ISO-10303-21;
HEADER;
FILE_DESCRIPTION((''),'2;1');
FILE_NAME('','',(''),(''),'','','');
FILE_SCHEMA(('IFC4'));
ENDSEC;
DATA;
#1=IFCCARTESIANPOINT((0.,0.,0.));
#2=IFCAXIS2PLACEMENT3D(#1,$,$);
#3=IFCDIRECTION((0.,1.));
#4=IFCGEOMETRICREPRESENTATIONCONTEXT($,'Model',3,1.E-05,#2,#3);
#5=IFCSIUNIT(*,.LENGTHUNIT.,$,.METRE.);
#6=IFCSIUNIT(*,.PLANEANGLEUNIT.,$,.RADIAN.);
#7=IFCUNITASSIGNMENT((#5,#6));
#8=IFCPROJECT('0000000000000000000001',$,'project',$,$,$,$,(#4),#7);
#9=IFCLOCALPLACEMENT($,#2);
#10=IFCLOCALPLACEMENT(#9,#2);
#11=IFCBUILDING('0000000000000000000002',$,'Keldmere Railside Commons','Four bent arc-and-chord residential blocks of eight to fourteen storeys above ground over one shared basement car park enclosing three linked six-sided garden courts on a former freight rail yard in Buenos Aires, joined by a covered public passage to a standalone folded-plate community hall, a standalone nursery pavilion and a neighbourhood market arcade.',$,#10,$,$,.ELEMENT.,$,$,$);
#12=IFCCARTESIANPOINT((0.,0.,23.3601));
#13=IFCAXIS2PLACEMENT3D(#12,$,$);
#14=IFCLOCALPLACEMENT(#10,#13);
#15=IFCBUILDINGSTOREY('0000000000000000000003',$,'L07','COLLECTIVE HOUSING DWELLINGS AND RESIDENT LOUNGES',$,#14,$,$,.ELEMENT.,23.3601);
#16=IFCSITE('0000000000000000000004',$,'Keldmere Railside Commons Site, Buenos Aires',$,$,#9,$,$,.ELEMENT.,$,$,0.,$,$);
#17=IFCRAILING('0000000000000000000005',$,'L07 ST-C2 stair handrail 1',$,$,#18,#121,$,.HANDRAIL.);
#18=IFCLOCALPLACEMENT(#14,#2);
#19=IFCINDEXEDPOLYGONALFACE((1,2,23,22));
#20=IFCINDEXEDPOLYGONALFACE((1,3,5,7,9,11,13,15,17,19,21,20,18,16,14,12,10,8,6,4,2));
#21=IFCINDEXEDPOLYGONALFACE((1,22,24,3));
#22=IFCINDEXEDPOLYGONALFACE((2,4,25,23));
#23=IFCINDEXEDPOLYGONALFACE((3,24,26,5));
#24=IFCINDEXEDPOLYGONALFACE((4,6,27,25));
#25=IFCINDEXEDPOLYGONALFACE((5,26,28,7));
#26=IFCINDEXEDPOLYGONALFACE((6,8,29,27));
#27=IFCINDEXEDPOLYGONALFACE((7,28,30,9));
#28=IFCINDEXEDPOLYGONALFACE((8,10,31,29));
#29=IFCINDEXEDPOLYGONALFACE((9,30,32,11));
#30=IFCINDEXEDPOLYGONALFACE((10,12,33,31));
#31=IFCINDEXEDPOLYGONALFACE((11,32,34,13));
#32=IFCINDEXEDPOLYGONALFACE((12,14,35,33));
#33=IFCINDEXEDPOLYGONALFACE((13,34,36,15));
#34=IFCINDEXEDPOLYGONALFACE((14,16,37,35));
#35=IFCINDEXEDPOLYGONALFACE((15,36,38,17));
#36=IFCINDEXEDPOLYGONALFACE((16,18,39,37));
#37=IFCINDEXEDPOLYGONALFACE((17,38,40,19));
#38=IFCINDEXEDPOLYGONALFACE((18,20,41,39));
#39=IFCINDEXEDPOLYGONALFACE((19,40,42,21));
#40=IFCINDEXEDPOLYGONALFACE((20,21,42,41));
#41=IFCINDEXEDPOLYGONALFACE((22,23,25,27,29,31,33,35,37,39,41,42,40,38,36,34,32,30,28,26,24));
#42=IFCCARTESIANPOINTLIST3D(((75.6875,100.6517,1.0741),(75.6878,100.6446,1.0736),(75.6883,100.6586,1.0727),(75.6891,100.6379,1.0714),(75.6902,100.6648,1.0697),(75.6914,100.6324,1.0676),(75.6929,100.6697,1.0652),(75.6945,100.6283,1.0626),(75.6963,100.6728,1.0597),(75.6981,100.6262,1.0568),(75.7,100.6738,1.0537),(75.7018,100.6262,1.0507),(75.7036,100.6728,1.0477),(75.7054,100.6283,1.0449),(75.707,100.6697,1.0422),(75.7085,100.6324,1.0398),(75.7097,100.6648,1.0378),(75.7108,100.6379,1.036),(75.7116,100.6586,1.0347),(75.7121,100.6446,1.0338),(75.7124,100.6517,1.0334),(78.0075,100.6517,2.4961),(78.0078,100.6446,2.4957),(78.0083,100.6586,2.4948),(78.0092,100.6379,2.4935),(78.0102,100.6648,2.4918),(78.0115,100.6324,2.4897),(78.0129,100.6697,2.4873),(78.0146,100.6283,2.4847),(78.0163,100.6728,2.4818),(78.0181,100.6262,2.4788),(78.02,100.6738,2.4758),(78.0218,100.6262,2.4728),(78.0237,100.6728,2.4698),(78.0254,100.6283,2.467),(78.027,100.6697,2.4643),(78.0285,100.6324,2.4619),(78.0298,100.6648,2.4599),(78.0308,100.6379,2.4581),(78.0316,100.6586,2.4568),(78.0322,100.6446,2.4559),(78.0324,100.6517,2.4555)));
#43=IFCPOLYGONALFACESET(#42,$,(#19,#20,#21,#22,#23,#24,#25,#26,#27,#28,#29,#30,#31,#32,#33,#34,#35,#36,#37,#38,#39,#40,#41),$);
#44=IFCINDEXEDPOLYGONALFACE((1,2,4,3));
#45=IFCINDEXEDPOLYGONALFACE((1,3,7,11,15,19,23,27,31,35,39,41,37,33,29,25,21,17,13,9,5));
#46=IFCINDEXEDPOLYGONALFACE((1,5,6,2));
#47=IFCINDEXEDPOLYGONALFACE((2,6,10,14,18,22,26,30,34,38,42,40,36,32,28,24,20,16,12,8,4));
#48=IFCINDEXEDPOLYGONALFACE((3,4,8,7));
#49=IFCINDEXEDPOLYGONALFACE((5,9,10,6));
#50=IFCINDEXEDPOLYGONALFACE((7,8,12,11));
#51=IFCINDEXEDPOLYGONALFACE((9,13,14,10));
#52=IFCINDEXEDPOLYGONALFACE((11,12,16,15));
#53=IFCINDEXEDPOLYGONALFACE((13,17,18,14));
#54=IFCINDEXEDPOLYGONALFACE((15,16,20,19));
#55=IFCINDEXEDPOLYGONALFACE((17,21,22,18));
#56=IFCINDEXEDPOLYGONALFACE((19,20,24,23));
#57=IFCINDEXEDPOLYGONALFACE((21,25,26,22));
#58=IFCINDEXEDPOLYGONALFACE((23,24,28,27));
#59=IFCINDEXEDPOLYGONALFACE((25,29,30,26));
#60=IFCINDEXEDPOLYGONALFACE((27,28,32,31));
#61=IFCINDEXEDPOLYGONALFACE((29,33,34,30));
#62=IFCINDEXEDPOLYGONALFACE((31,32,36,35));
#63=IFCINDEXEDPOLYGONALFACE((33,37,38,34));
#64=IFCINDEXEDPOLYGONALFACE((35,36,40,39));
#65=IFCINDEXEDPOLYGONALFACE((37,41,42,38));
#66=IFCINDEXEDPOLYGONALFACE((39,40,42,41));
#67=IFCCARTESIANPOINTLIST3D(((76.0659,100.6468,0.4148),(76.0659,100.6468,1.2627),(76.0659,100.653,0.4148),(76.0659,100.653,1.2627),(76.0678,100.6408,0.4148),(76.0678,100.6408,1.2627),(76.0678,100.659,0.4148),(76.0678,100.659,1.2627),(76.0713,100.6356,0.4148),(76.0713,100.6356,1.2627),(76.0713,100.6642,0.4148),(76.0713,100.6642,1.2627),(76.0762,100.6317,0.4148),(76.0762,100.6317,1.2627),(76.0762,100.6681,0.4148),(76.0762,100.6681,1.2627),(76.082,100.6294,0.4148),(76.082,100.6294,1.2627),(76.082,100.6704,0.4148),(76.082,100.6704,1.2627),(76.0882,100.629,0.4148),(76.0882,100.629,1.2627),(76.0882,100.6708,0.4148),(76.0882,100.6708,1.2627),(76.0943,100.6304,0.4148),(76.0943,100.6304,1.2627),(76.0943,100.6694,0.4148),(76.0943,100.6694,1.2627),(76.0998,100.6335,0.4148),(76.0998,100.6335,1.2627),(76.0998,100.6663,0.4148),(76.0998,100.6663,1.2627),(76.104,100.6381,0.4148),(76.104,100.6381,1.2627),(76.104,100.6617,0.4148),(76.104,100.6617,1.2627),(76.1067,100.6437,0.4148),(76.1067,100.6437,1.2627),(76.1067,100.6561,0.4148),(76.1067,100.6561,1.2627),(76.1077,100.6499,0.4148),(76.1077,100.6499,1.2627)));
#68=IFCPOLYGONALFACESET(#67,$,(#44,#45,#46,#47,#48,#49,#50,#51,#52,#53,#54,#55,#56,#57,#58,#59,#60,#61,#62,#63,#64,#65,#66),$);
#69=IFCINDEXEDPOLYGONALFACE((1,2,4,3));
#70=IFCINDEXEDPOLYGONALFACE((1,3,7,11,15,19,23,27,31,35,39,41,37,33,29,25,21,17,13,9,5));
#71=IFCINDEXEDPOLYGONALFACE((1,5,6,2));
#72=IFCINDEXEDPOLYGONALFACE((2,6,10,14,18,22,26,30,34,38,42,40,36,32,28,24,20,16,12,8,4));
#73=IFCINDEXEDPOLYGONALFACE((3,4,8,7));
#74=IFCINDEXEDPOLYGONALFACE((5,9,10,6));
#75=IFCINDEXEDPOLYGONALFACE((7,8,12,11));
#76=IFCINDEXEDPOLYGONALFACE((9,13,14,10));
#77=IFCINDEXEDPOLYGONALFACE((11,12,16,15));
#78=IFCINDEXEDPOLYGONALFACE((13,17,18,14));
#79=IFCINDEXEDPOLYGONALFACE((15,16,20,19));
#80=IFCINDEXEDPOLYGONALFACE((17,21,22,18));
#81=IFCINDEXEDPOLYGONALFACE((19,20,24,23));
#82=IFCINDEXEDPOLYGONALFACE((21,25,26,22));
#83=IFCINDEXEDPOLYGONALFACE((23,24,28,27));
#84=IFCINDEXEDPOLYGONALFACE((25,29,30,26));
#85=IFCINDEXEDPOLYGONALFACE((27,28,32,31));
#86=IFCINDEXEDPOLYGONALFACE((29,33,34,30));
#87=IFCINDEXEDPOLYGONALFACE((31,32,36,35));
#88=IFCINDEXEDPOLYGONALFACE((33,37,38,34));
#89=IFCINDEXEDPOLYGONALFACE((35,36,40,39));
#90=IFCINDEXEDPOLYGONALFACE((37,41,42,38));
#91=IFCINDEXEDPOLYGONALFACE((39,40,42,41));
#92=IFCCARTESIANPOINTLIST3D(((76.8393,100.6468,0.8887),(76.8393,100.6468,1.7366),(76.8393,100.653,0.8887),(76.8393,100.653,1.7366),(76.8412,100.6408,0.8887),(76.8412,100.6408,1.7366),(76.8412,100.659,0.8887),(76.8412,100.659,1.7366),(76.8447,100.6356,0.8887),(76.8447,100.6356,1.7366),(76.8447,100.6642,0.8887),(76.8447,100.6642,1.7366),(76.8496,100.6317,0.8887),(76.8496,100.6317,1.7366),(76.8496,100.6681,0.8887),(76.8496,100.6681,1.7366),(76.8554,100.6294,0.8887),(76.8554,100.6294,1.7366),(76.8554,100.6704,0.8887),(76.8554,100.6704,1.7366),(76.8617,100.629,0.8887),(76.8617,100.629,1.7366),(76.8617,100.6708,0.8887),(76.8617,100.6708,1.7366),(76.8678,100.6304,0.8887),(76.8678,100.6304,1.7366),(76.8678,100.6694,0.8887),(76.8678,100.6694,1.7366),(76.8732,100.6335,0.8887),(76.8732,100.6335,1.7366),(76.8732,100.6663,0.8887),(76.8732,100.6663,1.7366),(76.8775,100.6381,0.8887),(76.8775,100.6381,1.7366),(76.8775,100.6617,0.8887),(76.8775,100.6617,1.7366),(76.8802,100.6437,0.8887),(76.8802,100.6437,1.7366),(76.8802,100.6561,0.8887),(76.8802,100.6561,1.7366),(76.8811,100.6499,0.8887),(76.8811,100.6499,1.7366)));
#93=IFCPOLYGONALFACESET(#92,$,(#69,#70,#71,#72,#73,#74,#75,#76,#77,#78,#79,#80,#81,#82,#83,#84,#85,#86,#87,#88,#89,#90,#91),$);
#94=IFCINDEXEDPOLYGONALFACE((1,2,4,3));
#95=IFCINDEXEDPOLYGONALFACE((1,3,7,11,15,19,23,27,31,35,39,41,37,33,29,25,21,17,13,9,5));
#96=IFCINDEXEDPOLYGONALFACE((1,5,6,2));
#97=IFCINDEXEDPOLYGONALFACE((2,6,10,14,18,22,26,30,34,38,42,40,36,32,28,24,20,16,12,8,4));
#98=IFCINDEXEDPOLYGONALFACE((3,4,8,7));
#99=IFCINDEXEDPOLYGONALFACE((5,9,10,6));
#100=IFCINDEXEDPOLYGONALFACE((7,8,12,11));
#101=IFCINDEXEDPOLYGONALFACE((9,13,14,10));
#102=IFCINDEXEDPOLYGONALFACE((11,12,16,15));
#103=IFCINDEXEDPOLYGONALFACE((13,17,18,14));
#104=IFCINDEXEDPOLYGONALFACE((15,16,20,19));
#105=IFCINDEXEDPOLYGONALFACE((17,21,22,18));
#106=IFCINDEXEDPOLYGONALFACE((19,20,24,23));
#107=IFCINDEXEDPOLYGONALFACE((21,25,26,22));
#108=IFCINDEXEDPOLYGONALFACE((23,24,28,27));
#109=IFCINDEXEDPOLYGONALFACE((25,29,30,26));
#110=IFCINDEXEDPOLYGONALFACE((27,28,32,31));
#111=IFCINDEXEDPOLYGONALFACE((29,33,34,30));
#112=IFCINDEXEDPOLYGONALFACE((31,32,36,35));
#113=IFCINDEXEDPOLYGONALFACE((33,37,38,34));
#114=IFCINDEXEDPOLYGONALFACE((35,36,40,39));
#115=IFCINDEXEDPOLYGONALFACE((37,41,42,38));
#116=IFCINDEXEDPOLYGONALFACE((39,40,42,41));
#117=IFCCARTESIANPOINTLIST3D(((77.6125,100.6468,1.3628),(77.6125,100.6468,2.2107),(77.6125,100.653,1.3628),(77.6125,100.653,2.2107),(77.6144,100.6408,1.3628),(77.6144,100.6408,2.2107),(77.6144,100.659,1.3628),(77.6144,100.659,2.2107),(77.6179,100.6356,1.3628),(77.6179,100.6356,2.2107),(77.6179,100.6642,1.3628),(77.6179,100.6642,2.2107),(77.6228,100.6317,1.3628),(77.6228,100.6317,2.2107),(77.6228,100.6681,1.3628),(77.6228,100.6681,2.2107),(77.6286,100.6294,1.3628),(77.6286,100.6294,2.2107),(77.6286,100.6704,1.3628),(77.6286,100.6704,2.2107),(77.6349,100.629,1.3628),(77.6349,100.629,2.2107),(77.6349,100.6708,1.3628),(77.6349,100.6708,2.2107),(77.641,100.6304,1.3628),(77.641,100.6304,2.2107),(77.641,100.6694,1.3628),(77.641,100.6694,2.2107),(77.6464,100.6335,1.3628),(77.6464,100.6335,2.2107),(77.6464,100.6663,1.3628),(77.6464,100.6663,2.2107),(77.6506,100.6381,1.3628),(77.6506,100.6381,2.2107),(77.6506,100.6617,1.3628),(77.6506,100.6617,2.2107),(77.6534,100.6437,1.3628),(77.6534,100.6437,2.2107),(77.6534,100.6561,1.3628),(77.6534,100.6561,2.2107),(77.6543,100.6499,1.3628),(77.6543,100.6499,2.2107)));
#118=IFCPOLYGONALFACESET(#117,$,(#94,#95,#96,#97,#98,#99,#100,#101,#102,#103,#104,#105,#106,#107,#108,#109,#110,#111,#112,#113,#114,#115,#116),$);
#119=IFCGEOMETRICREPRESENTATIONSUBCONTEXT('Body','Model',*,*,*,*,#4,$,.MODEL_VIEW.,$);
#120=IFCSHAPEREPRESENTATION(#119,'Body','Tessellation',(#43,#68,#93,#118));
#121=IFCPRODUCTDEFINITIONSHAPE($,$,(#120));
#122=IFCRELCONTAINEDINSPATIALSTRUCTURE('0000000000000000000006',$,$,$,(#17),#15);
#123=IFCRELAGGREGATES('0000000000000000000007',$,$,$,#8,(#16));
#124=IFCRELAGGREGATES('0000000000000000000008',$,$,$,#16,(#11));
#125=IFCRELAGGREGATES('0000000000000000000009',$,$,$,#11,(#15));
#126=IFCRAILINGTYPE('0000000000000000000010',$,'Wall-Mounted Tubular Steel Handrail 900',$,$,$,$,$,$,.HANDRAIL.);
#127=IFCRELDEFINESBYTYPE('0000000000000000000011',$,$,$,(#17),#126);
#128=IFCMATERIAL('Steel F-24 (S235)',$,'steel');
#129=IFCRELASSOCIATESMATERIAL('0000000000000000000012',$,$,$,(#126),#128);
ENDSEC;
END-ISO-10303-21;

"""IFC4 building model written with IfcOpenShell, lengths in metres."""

from ifc_helpers import new_model, si_unit, direction, frame, origin, origin_2d, place, context, subcontext, project, spatial, circle, extrude, material, type_object, element, save


model = new_model("IFC4")

# Units and contexts
model_context = context("Model", 3, precision=1e-05, world=origin(), true_north=direction((0.0, 1.0)))
body_context = subcontext(model_context, "Body", "Model", "MODEL_VIEW")
ifc_project = project(units=[si_unit("LENGTHUNIT", "METRE"), si_unit("PLANEANGLEUNIT", "RADIAN")], contexts=[model_context])

# Site, building, storey
site_placement = place(None, origin())
site = spatial("IfcSite", under=ifc_project, at=site_placement, Name="Keldmere Railside Commons Site, Buenos Aires", CompositionType="ELEMENT", RefElevation=0.0)
building_placement = place(site_placement, origin())
building = spatial("IfcBuilding", under=site, at=building_placement, Name="Keldmere Railside Commons", Description="Four bent arc-and-chord residential blocks of eight to fourteen storeys above ground over one shared basement car park enclosing three linked six-sided garden courts on a former freight rail yard in Buenos Aires, joined by a covered public passage to a standalone folded-plate community hall, a standalone nursery pavilion and a neighbourhood market arcade.", CompositionType="ELEMENT")
storey_placement = place(building_placement, frame((0.0, 0.0, 23.3601)))
storey = spatial("IfcBuildingStorey", under=building, at=storey_placement, Name="L07", Description="COLLECTIVE HOUSING DWELLINGS AND RESIDENT LOUNGES", CompositionType="ELEMENT", Elevation=23.3601)

# Railing
ifc_material_1 = material(Name="Steel F-24 (S235)", Category="steel")
railing_type_1 = type_object("IfcRailingType", Name="Wall-Mounted Tubular Steel Handrail 900", PredefinedType="HANDRAIL", material=ifc_material_1)
railing_1_placement = place(storey_placement, frame((75.7, 100.6499, 0.1777)))
element("IfcRailing", 1, at=railing_1_placement, inside=storey, type_object=railing_type_1, Name="L07 ST-C2 stair handrail 1", PredefinedType="HANDRAIL", context=body_context, shape_type="SweptSolid", body=[
    extrude(circle(Radius=0.0239, at=origin_2d()), frame((0.0, 0.0, 0.876), z_axis=(0.852578, 0.0, 0.5226), x_axis=(0.0, 1.0, 0.0)), (0.0, 0.0, 1.0), 2.7212),
    extrude(circle(Radius=0.021, at=origin_2d()), frame((0.3867, 0.0, 0.2371)), (0.0, 0.0, 1.0), 0.8479),
    extrude(circle(Radius=0.021, at=origin_2d()), frame((1.1602, 0.0, 0.7109)), (0.0, 0.0, 1.0), 0.8479),
    extrude(circle(Radius=0.021, at=origin_2d()), frame((1.9333, 0.0, 1.1851)), (0.0, 0.0, 1.0), 0.8479),
])

save(model, "model.ifc")
